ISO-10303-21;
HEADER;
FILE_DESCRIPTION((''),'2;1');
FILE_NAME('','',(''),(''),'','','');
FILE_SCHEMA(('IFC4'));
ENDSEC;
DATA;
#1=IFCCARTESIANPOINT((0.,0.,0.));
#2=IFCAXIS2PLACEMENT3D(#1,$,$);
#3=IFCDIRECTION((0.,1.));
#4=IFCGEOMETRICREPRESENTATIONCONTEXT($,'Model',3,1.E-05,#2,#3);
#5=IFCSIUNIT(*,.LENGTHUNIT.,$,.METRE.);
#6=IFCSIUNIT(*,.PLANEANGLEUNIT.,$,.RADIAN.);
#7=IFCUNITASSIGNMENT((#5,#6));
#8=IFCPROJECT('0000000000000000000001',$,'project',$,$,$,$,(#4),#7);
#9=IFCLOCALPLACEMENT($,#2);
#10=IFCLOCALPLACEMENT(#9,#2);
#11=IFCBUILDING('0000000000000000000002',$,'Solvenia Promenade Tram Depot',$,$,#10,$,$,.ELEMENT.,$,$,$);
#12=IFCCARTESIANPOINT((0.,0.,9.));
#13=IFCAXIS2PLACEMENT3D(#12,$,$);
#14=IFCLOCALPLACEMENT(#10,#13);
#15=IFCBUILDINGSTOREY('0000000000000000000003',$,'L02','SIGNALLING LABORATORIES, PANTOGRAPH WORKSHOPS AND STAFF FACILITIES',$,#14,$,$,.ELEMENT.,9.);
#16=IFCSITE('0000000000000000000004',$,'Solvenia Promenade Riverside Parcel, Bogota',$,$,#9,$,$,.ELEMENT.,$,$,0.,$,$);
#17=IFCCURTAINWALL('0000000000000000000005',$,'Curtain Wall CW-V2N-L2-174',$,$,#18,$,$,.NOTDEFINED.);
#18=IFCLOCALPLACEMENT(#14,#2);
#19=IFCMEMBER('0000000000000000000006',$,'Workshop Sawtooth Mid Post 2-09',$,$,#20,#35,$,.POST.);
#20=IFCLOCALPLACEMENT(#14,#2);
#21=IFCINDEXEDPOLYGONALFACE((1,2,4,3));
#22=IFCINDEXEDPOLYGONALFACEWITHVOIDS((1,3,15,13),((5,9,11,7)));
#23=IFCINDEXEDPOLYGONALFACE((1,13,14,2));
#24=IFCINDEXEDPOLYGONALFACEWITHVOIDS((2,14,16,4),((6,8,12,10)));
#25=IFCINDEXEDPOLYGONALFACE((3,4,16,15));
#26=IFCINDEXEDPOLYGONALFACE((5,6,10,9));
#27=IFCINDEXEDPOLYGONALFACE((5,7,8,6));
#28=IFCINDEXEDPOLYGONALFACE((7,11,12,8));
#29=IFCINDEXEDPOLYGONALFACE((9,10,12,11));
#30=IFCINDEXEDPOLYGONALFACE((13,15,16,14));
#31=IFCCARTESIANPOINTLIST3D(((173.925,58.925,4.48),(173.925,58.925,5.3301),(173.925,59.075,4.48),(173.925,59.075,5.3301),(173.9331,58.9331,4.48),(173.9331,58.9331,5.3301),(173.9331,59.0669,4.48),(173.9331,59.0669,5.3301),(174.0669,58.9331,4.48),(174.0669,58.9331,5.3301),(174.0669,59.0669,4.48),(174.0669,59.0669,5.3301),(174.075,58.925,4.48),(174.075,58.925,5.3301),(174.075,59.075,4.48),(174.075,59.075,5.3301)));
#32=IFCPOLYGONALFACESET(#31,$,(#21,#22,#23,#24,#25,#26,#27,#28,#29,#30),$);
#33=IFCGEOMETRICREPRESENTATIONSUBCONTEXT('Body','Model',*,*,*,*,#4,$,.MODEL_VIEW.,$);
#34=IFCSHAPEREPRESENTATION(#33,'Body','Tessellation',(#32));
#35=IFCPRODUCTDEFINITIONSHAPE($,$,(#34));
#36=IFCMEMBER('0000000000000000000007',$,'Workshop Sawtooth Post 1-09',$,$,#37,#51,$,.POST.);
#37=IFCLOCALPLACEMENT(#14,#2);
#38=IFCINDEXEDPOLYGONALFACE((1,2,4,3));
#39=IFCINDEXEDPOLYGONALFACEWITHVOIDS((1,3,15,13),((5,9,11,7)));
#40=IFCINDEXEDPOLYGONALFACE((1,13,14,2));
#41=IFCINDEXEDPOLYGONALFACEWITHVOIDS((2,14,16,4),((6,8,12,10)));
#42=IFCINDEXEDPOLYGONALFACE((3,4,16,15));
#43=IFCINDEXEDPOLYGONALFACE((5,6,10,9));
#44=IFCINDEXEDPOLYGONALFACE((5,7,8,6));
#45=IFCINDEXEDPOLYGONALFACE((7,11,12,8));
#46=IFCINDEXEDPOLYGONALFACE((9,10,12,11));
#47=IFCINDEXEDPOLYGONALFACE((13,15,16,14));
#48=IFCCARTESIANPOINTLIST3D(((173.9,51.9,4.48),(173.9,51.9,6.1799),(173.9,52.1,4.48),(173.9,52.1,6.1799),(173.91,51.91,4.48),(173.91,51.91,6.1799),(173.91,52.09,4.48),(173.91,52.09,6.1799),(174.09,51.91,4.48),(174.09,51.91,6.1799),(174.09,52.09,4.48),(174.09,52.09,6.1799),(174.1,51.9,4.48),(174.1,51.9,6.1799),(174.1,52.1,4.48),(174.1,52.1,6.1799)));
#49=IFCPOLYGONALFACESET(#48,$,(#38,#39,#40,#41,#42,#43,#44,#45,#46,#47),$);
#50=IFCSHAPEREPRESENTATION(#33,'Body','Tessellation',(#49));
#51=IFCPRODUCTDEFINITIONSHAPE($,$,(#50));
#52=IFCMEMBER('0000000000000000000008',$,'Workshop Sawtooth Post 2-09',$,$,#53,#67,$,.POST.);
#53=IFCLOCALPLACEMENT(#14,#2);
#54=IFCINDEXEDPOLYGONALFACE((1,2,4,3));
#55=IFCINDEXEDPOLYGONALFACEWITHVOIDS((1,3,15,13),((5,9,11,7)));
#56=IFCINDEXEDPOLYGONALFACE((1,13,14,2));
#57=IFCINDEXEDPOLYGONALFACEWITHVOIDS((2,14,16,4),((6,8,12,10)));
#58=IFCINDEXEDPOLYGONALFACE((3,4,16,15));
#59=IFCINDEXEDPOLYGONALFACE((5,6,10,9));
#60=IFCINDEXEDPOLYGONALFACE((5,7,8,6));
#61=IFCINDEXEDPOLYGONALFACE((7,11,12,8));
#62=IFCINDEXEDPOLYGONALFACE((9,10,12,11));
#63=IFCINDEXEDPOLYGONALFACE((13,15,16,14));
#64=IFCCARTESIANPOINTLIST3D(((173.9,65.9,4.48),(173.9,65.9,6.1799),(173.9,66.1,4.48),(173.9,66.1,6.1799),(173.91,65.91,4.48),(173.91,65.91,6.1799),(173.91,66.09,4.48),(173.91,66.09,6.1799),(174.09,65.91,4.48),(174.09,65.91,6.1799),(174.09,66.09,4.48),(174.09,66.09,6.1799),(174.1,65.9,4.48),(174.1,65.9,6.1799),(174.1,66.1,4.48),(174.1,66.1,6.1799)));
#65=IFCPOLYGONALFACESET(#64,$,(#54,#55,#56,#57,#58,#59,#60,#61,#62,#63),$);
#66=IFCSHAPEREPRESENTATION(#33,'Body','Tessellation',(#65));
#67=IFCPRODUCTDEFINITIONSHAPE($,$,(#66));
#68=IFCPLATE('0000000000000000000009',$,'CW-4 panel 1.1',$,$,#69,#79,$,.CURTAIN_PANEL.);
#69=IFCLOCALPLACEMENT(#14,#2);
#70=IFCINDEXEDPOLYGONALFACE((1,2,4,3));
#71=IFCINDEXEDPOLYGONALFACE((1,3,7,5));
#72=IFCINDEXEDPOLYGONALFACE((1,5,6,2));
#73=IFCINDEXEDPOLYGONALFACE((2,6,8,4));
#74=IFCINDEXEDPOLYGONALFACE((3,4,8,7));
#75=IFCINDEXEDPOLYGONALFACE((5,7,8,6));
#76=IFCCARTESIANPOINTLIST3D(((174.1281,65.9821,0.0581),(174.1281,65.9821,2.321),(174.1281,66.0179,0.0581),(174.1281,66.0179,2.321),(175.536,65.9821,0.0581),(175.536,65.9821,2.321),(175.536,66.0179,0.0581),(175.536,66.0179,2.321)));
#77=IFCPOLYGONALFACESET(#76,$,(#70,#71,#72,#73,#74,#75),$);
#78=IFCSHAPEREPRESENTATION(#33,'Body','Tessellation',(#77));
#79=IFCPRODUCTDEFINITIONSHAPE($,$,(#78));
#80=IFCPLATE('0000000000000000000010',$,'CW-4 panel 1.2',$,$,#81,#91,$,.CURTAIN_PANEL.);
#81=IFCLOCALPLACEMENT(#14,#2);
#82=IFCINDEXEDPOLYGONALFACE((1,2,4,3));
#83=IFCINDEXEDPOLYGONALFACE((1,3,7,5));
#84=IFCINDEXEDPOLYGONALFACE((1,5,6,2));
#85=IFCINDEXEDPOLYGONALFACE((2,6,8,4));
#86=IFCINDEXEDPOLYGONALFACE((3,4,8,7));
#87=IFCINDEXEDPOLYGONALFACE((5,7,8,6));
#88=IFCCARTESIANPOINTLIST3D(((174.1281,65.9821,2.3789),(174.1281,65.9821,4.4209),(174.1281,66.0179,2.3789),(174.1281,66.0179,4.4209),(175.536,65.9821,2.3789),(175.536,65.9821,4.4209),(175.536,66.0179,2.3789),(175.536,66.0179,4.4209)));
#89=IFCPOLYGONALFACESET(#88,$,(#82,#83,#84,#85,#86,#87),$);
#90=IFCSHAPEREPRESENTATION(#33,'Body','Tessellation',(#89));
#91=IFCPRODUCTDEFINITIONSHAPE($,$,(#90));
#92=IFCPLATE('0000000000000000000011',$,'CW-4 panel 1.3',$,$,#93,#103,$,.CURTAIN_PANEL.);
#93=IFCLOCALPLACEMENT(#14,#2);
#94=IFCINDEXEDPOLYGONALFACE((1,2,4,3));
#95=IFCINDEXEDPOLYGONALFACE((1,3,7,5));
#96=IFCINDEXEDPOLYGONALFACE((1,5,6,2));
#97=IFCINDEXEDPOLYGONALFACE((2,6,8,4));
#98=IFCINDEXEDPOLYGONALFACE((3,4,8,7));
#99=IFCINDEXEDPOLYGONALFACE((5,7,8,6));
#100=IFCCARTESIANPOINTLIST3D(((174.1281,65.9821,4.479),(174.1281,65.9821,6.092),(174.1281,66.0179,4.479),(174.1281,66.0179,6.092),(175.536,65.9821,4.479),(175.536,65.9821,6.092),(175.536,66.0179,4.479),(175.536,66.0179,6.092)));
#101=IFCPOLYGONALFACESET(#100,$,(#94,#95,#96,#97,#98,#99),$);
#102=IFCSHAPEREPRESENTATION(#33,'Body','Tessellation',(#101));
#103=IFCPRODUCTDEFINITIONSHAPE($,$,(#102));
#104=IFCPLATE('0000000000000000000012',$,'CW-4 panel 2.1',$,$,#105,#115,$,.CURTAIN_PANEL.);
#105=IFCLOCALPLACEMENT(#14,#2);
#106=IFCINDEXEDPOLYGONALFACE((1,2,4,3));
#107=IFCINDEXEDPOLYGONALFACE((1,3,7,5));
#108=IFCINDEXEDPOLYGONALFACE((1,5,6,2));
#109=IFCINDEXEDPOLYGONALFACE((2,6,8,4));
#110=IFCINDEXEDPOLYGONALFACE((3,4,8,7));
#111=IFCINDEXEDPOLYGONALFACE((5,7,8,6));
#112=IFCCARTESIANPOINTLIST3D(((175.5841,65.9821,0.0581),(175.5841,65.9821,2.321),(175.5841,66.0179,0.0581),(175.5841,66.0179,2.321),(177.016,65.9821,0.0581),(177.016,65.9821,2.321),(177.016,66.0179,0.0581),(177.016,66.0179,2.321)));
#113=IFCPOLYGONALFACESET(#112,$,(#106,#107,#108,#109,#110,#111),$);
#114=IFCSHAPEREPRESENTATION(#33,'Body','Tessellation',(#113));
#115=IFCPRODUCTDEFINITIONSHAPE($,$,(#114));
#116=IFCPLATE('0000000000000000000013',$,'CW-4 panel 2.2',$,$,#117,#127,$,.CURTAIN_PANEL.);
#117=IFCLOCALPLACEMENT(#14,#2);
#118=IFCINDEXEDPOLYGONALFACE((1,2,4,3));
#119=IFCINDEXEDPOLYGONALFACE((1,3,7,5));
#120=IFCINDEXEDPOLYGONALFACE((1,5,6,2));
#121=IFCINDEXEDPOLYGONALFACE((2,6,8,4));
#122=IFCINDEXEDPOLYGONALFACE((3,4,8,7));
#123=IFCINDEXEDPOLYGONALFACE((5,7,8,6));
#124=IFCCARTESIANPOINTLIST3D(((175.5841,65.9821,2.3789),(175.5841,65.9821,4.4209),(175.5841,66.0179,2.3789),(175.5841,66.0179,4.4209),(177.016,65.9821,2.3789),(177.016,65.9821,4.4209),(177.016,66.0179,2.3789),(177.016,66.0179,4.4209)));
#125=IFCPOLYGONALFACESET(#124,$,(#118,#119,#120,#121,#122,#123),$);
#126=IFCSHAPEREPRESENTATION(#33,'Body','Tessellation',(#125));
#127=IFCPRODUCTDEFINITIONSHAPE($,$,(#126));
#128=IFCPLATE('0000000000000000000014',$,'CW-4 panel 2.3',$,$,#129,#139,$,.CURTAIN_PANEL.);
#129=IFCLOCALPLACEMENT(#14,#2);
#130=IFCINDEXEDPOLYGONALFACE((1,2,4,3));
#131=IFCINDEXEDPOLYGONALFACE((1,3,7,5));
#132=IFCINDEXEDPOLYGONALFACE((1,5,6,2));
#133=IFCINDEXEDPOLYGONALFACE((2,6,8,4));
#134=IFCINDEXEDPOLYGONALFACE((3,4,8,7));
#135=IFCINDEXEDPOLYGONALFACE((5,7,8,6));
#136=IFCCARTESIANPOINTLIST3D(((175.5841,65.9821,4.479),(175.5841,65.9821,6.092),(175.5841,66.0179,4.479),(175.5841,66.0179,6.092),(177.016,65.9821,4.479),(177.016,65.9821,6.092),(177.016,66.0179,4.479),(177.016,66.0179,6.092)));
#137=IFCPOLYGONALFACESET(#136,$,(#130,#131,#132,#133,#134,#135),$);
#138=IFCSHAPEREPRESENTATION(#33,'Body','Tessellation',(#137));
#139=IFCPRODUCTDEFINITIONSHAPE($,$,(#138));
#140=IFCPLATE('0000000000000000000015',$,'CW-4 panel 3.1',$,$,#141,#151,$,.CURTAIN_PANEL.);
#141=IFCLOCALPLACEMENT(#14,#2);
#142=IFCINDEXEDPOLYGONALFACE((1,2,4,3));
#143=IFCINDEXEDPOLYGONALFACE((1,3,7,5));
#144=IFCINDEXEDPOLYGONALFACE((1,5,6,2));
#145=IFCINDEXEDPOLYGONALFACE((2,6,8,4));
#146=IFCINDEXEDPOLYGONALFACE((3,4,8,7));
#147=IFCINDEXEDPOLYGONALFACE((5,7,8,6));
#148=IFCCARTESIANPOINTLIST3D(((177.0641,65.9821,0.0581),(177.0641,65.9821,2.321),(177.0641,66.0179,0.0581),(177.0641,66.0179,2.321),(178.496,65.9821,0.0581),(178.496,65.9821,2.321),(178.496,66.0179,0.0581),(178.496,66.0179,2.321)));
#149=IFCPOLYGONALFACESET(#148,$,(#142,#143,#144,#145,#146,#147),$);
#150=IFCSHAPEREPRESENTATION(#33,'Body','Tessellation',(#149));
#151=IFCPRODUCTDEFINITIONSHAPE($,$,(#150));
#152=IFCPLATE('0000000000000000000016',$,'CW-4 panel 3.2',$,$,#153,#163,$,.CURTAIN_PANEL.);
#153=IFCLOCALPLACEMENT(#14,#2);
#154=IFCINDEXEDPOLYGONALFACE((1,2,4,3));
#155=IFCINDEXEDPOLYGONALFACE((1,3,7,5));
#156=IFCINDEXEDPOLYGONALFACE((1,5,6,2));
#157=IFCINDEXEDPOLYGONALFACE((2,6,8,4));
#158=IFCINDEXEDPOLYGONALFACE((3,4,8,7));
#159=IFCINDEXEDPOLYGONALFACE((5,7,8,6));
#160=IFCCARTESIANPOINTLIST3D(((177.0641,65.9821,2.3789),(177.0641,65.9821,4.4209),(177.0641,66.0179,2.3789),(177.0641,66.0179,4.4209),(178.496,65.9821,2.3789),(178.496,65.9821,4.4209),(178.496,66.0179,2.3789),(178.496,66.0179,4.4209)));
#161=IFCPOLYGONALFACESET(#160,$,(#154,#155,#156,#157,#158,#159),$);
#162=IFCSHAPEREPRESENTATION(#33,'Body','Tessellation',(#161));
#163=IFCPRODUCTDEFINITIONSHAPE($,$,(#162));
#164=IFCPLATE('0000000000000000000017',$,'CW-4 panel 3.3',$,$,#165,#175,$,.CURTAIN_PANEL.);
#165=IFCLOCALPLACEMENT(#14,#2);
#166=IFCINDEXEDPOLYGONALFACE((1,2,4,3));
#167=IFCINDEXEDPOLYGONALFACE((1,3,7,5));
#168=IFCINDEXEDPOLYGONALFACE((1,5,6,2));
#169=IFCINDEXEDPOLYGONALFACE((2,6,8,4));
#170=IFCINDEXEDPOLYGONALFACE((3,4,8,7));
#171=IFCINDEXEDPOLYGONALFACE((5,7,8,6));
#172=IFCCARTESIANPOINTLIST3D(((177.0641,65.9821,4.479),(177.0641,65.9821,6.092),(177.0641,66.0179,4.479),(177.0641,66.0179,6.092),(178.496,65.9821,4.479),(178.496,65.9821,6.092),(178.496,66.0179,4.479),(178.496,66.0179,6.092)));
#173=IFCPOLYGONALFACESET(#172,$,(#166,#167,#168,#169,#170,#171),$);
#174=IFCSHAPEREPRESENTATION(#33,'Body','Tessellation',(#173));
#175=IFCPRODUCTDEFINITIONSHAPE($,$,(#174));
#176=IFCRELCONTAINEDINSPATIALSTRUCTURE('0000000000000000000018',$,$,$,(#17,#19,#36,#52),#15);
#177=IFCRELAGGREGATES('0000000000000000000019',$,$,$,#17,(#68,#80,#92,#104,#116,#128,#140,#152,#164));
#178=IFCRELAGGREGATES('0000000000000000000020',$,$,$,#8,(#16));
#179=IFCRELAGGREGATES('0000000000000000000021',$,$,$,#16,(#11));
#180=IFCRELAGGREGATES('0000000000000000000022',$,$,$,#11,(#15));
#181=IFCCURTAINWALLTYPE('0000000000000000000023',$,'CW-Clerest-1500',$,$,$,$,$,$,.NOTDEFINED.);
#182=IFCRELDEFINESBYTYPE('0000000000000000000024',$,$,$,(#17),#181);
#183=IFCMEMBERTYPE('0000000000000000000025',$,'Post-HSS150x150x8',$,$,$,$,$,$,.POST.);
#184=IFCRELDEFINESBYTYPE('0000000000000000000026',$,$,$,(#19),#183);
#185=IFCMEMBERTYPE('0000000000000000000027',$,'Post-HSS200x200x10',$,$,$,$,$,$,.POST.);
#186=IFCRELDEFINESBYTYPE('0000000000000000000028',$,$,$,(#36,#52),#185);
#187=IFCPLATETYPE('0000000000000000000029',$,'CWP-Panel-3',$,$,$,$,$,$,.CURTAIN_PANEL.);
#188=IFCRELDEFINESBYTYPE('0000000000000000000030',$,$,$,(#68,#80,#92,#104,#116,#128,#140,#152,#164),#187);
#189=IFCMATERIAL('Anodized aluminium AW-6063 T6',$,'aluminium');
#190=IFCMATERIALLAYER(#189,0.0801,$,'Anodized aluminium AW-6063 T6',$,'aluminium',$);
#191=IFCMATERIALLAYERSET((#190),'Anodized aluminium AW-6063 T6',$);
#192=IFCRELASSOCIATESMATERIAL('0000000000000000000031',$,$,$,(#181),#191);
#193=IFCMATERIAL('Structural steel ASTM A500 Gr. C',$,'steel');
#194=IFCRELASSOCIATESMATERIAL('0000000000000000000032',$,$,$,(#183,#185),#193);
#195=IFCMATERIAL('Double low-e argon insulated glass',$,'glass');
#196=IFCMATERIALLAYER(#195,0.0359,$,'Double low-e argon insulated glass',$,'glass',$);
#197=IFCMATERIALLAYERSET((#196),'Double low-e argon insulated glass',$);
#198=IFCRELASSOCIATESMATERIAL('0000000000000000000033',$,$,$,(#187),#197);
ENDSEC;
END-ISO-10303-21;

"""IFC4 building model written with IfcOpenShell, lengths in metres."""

from ifc_helpers import new_model, si_unit, direction, frame, origin, origin_2d, place, context, subcontext, project, spatial, rectangle, hollow_rectangle, extrude, material, layer, layer_set, material_profile, profile_set, type_object, element, aggregate, save


model = new_model("IFC4")

# Units and contexts
model_context = context("Model", 3, precision=1e-05, world=origin(), true_north=direction((0.0, 1.0)))
body_context = subcontext(model_context, "Body", "Model", "MODEL_VIEW")
ifc_project = project(units=[si_unit("LENGTHUNIT", "METRE"), si_unit("PLANEANGLEUNIT", "RADIAN")], contexts=[model_context])

# Site, building, storey
site_placement = place(None, origin())
site = spatial("IfcSite", under=ifc_project, at=site_placement, Name="Solvenia Promenade Riverside Parcel, Bogota", CompositionType="ELEMENT", RefElevation=0.0)
building_placement = place(site_placement, origin())
building = spatial("IfcBuilding", under=site, at=building_placement, Name="Solvenia Promenade Tram Depot", CompositionType="ELEMENT")
storey_placement = place(building_placement, frame((0.0, 0.0, 9.0)))
storey = spatial("IfcBuildingStorey", under=building, at=storey_placement, Name="L02", Description="SIGNALLING LABORATORIES, PANTOGRAPH WORKSHOPS AND STAFF FACILITIES", CompositionType="ELEMENT", Elevation=9.0)

# Curtain wall
ifc_material_1 = material(Name="Anodized aluminium AW-6063 T6", Category="aluminium")
ifc_layer_1 = layer(ifc_material_1, 0.0801, Name="Anodized aluminium AW-6063 T6", Category="aluminium")
ifc_layer_set_1 = layer_set([ifc_layer_1], Name="Anodized aluminium AW-6063 T6")
curtain_wall_type = type_object("IfcCurtainWallType", Name="CW-Clerest-1500", PredefinedType="NOTDEFINED", material=ifc_layer_set_1)
curtain_wall_placement = place(storey_placement, origin())
curtain_wall = element("IfcCurtainWall", 1, at=curtain_wall_placement, inside=storey, type_object=curtain_wall_type, Name="Curtain Wall CW-V2N-L2-174", PredefinedType="NOTDEFINED")

# Members
ifc_material_2 = material(Name="Structural steel ASTM A500 Gr. C", Category="steel")
ifc_material_profile_1 = material_profile(ifc_material_2, hollow_rectangle(XDim=0.1499, YDim=0.1499, WallThickness=0.0081, at=origin_2d()), Name="HSS150x150x8", Category="steel")
ifc_profile_set_1 = profile_set([ifc_material_profile_1], Name="Structural steel ASTM A500 Gr. C")
member_type_1 = type_object("IfcMemberType", Name="Post-HSS150x150x8", PredefinedType="POST", material=ifc_profile_set_1)
member_1_placement = place(storey_placement, frame((174.0, 59.0, 4.48), z_axis=(0.0, 0.0, 1.0), x_axis=(1.0, 0.0, 0.0)))
element("IfcMember", 2, at=member_1_placement, inside=storey, type_object=member_type_1, Name="Workshop Sawtooth Mid Post 2-09", PredefinedType="POST", context=body_context, shape_type="SweptSolid", body=[
    extrude(hollow_rectangle(XDim=0.1499, YDim=0.1499, WallThickness=0.0081, at=origin_2d()), origin(), (0.0, 0.0, 1.0), 0.8501),
])
ifc_material_profile_2 = material_profile(ifc_material_2, hollow_rectangle(XDim=0.2, YDim=0.2, WallThickness=0.01, at=origin_2d()), Name="HSS200x200x10", Category="steel")
ifc_profile_set_2 = profile_set([ifc_material_profile_2], Name="Structural steel ASTM A500 Gr. C")
member_type_2 = type_object("IfcMemberType", Name="Post-HSS200x200x10", PredefinedType="POST", material=ifc_profile_set_2)
for number, where, z_axis, x_axis, name in (
    (3, (174.0, 52.0, 4.48), (0.0, 0.0, 1.0), (1.0, 0.0, 0.0), "Workshop Sawtooth Post 1-09"),
    (4, (174.0, 66.0, 4.48), (0.0, 0.0, 1.0), (1.0, 0.0, 0.0), "Workshop Sawtooth Post 2-09"),
):
    element("IfcMember", number, at=place(storey_placement, frame(where, z_axis=z_axis, x_axis=x_axis)), inside=storey, type_object=member_type_2, Name=name, PredefinedType="POST", context=body_context, shape_type="SweptSolid", body=[
        extrude(hollow_rectangle(XDim=0.2, YDim=0.2, WallThickness=0.01, at=origin_2d()), origin(), (0.0, 0.0, 1.0), 1.7),
    ])

# Plates
ifc_material_3 = material(Name="Double low-e argon insulated glass", Category="glass")
ifc_layer_2 = layer(ifc_material_3, 0.0359, Name="Double low-e argon insulated glass", Category="glass")
ifc_layer_set_2 = layer_set([ifc_layer_2], Name="Double low-e argon insulated glass")
plate_type = type_object("IfcPlateType", Name="CWP-Panel-3", PredefinedType="CURTAIN_PANEL", material=ifc_layer_set_2)
plate_1_placement = place(storey_placement, frame((174.832, 66.0, 0.0581), z_axis=(0.0, 0.0, 1.0), x_axis=(1.0, 0.0, 0.0)))
plate_1 = element("IfcPlate", 5, at=plate_1_placement, type_object=plate_type, Name="CW-4 panel 1.1", PredefinedType="CURTAIN_PANEL", context=body_context, shape_type="SweptSolid", body=[
    extrude(rectangle(XDim=1.408, YDim=0.0359, at=origin_2d()), origin(), (0.0, 0.0, 1.0), 2.2629),
])
plate_2_placement = place(storey_placement, frame((174.832, 66.0, 2.3789), z_axis=(0.0, 0.0, 1.0), x_axis=(1.0, 0.0, 0.0)))
plate_2 = element("IfcPlate", 6, at=plate_2_placement, type_object=plate_type, Name="CW-4 panel 1.2", PredefinedType="CURTAIN_PANEL", context=body_context, shape_type="SweptSolid", body=[
    extrude(rectangle(XDim=1.408, YDim=0.0359, at=origin_2d()), origin(), (0.0, 0.0, 1.0), 2.042),
])
plate_3_placement = place(storey_placement, frame((174.832, 66.0, 4.479), z_axis=(0.0, 0.0, 1.0), x_axis=(1.0, 0.0, 0.0)))
plate_3 = element("IfcPlate", 7, at=plate_3_placement, type_object=plate_type, Name="CW-4 panel 1.3", PredefinedType="CURTAIN_PANEL", context=body_context, shape_type="SweptSolid", body=[
    extrude(rectangle(XDim=1.408, YDim=0.0359, at=origin_2d()), origin(), (0.0, 0.0, 1.0), 1.613),
])
plate_4_placement = place(storey_placement, frame((176.3, 66.0, 0.0581), z_axis=(0.0, 0.0, 1.0), x_axis=(1.0, 0.0, 0.0)))
plate_4 = element("IfcPlate", 8, at=plate_4_placement, type_object=plate_type, Name="CW-4 panel 2.1", PredefinedType="CURTAIN_PANEL", context=body_context, shape_type="SweptSolid", body=[
    extrude(rectangle(XDim=1.4319, YDim=0.0359, at=origin_2d()), origin(), (0.0, 0.0, 1.0), 2.2629),
])
plate_5_placement = place(storey_placement, frame((176.3, 66.0, 2.3789), z_axis=(0.0, 0.0, 1.0), x_axis=(1.0, 0.0, 0.0)))
plate_5 = element("IfcPlate", 9, at=plate_5_placement, type_object=plate_type, Name="CW-4 panel 2.2", PredefinedType="CURTAIN_PANEL", context=body_context, shape_type="SweptSolid", body=[
    extrude(rectangle(XDim=1.4319, YDim=0.0359, at=origin_2d()), origin(), (0.0, 0.0, 1.0), 2.042),
])
plate_6_placement = place(storey_placement, frame((176.3, 66.0, 4.479), z_axis=(0.0, 0.0, 1.0), x_axis=(1.0, 0.0, 0.0)))
plate_6 = element("IfcPlate", 10, at=plate_6_placement, type_object=plate_type, Name="CW-4 panel 2.3", PredefinedType="CURTAIN_PANEL", context=body_context, shape_type="SweptSolid", body=[
    extrude(rectangle(XDim=1.4319, YDim=0.0359, at=origin_2d()), origin(), (0.0, 0.0, 1.0), 1.613),
])
plate_7_placement = place(storey_placement, frame((177.78, 66.0, 0.0581), z_axis=(0.0, 0.0, 1.0), x_axis=(1.0, 0.0, 0.0)))
plate_7 = element("IfcPlate", 11, at=plate_7_placement, type_object=plate_type, Name="CW-4 panel 3.1", PredefinedType="CURTAIN_PANEL", context=body_context, shape_type="SweptSolid", body=[
    extrude(rectangle(XDim=1.4319, YDim=0.0359, at=origin_2d()), origin(), (0.0, 0.0, 1.0), 2.2629),
])
plate_8_placement = place(storey_placement, frame((177.78, 66.0, 2.3789), z_axis=(0.0, 0.0, 1.0), x_axis=(1.0, 0.0, 0.0)))
plate_8 = element("IfcPlate", 12, at=plate_8_placement, type_object=plate_type, Name="CW-4 panel 3.2", PredefinedType="CURTAIN_PANEL", context=body_context, shape_type="SweptSolid", body=[
    extrude(rectangle(XDim=1.4319, YDim=0.0359, at=origin_2d()), origin(), (0.0, 0.0, 1.0), 2.042),
])
plate_9_placement = place(storey_placement, frame((177.78, 66.0, 4.479), z_axis=(0.0, 0.0, 1.0), x_axis=(1.0, 0.0, 0.0)))
plate_9 = element("IfcPlate", 13, at=plate_9_placement, type_object=plate_type, Name="CW-4 panel 3.3", PredefinedType="CURTAIN_PANEL", context=body_context, shape_type="SweptSolid", body=[
    extrude(rectangle(XDim=1.4319, YDim=0.0359, at=origin_2d()), origin(), (0.0, 0.0, 1.0), 1.613),
])
aggregate(curtain_wall, [plate_1, plate_2, plate_3, plate_4, plate_5, plate_6, plate_7, plate_8, plate_9])

save(model, "model.ifc")
